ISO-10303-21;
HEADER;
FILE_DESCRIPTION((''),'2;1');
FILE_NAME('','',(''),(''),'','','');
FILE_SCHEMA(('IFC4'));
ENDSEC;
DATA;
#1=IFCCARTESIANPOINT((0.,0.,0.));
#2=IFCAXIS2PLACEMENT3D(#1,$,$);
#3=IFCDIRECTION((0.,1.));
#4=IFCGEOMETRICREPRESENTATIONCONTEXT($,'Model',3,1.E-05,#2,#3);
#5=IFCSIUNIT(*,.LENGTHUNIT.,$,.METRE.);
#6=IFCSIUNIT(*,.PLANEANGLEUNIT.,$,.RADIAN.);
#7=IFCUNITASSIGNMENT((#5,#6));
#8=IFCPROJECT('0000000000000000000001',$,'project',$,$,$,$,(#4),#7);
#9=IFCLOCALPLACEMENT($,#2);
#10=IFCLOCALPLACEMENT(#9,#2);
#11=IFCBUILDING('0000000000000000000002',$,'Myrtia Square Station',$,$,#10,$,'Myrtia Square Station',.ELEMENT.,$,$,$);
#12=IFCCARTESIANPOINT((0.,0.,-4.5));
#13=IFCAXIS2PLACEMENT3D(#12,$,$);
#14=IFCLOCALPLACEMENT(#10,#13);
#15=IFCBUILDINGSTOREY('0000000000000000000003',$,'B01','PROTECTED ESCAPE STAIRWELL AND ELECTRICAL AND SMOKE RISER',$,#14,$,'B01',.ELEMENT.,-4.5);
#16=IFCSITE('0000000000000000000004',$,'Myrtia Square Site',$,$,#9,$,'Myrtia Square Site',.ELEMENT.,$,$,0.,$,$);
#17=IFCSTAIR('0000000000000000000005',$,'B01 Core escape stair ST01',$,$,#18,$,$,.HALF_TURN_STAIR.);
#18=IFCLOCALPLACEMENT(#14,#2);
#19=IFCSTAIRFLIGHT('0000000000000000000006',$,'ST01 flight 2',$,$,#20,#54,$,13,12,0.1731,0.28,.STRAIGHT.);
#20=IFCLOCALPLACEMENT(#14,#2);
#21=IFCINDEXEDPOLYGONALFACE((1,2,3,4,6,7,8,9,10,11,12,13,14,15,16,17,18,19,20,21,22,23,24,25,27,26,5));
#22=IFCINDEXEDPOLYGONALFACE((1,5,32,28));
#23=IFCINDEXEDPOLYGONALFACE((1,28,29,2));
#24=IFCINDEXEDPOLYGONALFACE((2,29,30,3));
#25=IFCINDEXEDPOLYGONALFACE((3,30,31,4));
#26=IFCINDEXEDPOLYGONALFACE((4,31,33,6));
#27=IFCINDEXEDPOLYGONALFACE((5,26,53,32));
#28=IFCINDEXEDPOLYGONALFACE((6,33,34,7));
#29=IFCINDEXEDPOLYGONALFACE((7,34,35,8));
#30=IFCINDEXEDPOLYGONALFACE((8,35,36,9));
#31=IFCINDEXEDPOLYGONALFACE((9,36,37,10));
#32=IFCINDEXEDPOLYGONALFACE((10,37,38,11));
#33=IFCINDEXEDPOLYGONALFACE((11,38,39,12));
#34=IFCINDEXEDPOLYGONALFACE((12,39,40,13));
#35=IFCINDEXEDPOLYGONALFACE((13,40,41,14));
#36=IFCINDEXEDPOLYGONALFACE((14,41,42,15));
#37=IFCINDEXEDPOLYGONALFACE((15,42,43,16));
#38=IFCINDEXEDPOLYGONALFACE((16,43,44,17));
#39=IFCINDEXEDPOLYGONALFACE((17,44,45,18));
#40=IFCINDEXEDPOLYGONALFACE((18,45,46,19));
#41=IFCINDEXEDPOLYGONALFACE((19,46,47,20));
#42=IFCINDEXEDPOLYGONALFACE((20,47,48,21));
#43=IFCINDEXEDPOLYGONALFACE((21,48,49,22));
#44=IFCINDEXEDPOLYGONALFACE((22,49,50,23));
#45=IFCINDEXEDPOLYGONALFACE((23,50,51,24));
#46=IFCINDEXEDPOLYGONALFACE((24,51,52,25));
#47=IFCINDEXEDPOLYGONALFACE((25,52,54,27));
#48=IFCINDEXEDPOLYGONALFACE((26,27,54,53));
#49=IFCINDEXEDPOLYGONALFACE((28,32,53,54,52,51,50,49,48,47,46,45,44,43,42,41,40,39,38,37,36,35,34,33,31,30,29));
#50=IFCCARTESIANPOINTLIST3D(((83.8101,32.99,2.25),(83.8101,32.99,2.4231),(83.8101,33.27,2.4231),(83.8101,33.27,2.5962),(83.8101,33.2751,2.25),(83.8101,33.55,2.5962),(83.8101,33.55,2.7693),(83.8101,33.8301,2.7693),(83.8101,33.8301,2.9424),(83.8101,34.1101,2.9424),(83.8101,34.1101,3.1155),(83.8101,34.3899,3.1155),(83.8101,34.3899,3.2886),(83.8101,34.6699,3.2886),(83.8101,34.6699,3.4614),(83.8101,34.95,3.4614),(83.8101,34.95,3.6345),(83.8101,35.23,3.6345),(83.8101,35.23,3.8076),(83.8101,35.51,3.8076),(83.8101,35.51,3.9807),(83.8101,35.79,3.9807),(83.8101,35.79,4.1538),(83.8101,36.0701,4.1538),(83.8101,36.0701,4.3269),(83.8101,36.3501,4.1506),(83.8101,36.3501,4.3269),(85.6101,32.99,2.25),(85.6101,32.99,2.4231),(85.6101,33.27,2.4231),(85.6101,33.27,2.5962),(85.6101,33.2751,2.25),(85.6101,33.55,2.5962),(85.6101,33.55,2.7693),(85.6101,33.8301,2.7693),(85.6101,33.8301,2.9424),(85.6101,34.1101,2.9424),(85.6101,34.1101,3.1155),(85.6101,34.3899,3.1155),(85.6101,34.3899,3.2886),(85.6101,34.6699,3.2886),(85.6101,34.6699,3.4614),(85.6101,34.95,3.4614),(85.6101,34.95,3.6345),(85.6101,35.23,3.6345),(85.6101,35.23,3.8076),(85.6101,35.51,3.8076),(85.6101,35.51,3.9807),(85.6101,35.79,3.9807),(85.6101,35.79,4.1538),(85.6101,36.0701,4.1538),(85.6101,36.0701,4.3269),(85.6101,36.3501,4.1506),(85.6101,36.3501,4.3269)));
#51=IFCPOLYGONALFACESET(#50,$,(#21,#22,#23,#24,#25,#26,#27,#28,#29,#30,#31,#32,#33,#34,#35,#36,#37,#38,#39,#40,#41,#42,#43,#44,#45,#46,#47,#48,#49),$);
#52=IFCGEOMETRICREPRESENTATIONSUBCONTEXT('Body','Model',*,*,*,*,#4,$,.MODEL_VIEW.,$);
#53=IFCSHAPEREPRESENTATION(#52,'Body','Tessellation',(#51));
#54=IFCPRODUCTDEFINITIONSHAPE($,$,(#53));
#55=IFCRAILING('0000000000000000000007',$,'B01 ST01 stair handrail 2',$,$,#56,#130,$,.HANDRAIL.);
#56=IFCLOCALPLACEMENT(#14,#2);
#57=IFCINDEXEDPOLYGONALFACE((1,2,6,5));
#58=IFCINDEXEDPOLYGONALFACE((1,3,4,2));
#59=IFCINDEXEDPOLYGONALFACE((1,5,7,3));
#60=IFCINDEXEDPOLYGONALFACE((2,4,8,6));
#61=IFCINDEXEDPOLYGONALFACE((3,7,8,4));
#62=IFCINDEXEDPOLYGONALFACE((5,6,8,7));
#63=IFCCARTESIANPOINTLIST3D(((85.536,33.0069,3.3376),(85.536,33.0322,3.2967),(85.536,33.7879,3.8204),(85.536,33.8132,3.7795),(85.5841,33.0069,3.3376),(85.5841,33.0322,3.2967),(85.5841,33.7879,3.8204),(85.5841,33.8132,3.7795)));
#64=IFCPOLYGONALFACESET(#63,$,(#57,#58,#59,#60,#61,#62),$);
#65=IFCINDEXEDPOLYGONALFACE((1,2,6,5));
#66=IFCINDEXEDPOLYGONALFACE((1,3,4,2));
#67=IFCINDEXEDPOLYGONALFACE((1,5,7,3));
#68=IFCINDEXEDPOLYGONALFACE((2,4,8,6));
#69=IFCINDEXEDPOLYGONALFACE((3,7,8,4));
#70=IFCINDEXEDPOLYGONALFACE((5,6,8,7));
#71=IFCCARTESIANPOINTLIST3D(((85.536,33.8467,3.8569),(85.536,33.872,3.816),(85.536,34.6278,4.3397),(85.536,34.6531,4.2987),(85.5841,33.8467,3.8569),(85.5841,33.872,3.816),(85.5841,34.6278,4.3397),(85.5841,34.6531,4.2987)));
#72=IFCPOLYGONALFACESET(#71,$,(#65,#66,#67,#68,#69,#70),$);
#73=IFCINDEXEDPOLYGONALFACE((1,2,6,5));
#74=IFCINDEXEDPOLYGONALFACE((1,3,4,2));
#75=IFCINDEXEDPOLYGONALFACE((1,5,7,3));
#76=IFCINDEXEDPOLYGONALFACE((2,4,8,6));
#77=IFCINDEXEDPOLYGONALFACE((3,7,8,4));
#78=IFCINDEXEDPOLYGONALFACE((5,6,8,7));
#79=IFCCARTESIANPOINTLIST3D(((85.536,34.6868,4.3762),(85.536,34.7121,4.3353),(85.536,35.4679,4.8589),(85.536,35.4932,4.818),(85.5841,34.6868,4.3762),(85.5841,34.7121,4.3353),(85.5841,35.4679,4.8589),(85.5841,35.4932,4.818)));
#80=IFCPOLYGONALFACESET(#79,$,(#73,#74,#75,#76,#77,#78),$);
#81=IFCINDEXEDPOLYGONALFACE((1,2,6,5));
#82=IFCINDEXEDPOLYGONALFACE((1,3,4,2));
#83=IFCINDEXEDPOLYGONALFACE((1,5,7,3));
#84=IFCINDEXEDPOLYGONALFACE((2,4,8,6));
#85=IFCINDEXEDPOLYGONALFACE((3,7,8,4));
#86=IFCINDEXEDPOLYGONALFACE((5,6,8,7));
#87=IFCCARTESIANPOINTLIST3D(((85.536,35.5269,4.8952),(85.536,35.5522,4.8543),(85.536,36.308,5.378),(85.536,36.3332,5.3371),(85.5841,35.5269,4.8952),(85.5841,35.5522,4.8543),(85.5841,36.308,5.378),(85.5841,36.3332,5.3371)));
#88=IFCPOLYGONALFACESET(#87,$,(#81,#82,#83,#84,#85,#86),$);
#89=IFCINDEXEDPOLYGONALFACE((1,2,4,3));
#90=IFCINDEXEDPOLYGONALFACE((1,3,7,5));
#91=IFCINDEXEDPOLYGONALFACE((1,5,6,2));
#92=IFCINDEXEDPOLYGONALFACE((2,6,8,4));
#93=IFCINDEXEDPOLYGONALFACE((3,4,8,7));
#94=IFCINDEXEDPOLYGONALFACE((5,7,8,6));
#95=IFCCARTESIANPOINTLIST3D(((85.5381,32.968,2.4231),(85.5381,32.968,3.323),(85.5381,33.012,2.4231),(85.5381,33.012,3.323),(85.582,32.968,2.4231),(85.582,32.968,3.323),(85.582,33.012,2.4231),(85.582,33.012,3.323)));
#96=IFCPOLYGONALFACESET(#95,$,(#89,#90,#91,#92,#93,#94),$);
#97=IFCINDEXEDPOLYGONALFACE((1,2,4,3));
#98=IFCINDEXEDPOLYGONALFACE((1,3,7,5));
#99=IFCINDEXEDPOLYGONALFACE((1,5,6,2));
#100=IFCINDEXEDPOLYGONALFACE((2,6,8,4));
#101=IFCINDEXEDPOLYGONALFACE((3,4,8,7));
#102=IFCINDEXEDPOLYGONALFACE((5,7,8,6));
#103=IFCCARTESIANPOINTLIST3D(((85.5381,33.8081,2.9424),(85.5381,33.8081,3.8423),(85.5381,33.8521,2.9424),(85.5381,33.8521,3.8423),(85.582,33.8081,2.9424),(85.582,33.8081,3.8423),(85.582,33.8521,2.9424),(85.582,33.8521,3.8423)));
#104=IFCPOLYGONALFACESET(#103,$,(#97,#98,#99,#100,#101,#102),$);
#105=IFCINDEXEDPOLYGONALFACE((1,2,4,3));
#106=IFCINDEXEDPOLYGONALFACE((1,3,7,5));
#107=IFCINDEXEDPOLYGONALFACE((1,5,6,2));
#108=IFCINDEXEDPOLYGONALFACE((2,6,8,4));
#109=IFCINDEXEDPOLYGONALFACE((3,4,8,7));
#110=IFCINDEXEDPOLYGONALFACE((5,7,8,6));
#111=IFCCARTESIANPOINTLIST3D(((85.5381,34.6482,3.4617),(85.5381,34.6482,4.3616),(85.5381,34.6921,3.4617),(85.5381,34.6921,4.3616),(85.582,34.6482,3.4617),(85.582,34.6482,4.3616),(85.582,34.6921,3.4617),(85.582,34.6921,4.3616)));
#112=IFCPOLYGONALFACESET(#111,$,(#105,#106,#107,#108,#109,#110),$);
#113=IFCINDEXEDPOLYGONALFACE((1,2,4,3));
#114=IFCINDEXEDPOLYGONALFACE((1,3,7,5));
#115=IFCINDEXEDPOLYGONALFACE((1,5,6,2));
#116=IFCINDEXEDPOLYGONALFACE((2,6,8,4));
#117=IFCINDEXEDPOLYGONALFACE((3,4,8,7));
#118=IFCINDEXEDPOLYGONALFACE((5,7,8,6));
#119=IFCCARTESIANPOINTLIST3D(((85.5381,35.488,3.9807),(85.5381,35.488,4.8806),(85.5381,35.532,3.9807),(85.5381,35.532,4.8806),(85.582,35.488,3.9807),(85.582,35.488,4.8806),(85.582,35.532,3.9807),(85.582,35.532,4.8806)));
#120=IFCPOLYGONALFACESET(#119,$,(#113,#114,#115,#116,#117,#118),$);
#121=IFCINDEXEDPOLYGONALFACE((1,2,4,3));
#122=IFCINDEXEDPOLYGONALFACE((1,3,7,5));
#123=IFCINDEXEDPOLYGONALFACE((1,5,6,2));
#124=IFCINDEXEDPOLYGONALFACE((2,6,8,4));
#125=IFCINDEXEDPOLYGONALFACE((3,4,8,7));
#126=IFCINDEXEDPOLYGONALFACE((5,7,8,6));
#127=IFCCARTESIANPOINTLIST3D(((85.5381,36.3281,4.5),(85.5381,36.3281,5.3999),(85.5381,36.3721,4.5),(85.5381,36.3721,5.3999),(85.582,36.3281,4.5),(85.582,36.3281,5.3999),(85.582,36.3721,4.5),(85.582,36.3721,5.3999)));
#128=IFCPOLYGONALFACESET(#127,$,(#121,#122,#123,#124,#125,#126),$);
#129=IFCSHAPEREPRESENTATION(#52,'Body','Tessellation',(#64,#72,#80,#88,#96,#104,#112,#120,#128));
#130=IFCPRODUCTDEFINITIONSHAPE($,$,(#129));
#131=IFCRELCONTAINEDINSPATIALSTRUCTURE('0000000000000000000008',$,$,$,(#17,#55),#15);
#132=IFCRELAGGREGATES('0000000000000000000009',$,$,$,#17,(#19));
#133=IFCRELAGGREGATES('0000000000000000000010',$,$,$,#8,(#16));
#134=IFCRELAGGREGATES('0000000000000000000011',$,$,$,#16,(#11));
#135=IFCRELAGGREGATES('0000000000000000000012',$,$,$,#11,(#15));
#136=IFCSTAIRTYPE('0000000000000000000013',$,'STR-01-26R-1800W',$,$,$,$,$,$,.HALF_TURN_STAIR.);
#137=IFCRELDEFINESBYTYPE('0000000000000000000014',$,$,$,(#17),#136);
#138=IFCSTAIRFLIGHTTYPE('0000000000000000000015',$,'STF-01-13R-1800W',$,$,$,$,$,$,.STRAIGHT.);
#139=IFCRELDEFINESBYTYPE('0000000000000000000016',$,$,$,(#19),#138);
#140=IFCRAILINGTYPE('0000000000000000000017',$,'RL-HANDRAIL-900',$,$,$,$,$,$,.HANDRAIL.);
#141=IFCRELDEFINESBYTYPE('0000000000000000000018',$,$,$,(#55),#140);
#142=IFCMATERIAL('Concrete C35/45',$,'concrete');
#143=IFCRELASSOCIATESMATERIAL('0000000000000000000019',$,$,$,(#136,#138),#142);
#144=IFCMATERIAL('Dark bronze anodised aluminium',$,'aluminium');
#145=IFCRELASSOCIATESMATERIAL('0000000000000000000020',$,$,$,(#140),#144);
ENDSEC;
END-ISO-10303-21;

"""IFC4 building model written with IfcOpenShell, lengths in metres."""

from ifc_helpers import new_model, si_unit, direction, frame, origin, origin_2d, place, context, subcontext, project, spatial, polyline, rectangle, outline, extrude, material, type_object, element, aggregate, save


model = new_model("IFC4")

# Units and contexts
model_context = context("Model", 3, precision=1e-05, world=origin(), true_north=direction((0.0, 1.0)))
body_context = subcontext(model_context, "Body", "Model", "MODEL_VIEW")
ifc_project = project(units=[si_unit("LENGTHUNIT", "METRE"), si_unit("PLANEANGLEUNIT", "RADIAN")], contexts=[model_context])

# Site, building, storey
site_placement = place(None, origin())
site = spatial("IfcSite", under=ifc_project, at=site_placement, Name="Myrtia Square Site", LongName="Myrtia Square Site", CompositionType="ELEMENT", RefElevation=0.0)
building_placement = place(site_placement, origin())
building = spatial("IfcBuilding", under=site, at=building_placement, Name="Myrtia Square Station", LongName="Myrtia Square Station", CompositionType="ELEMENT")
storey_placement = place(building_placement, frame((0.0, 0.0, -4.5)))
storey = spatial("IfcBuildingStorey", under=building, at=storey_placement, Name="B01", Description="PROTECTED ESCAPE STAIRWELL AND ELECTRICAL AND SMOKE RISER", LongName="B01", CompositionType="ELEMENT", Elevation=-4.5)

# Shared definitions
ifc_material_1 = material(Name="Concrete C35/45", Category="concrete")

# Shared definitions
ifc_material_2 = material(Name="Dark bronze anodised aluminium", Category="aluminium")

# Stair, stair flight
stair_type = type_object("IfcStairType", Name="STR-01-26R-1800W", PredefinedType="HALF_TURN_STAIR", material=ifc_material_1)
stair_placement = place(storey_placement, origin())
stair = element("IfcStair", 1, at=stair_placement, inside=storey, type_object=stair_type, Name="B01 Core escape stair ST01", PredefinedType="HALF_TURN_STAIR")
stair_flight_type = type_object("IfcStairFlightType", Name="STF-01-13R-1800W", PredefinedType="STRAIGHT", material=ifc_material_1)
stair_flight_placement = place(storey_placement, frame((84.71, 32.99, 2.25), z_axis=(0.0, 0.0, 1.0), x_axis=(0.0, 1.0, 0.0)))
stair_flight = element("IfcStairFlight", 2, at=stair_flight_placement, type_object=stair_flight_type, Name="ST01 flight 2", NumberOfRisers=13, NumberOfTreads=12, PredefinedType="STRAIGHT", RiserHeight=0.1731, TreadLength=0.28, context=body_context, shape_type="SweptSolid", body=[
    extrude(outline(polyline([(0.0, 0.0), (0.0, 0.1731), (0.28, 0.1731), (0.28, 0.3462), (0.5601, 0.3462), (0.5601, 0.5193), (0.8401, 0.5193), (0.8401, 0.6924), (1.1201, 0.6924), (1.1201, 0.8655), (1.3999, 0.8655), (1.3999, 1.0386), (1.6799, 1.0386), (1.6799, 1.2114), (1.96, 1.2114), (1.96, 1.3845), (2.24, 1.3845), (2.24, 1.5576), (2.52, 1.5576), (2.52, 1.7307), (2.8, 1.7307), (2.8, 1.9038), (3.0801, 1.9038), (3.0801, 2.0769), (3.3601, 2.0769), (3.3601, 2.25), (3.3601, 1.9006), (0.2852, 0.0), (0.0, 0.0)])), frame((0.0, 0.8999, 0.0), z_axis=(0.0, -1.0, 0.0), x_axis=(1.0, 0.0, 0.0)), (0.0, 0.0, 1.0), 1.8),
])
aggregate(stair, [stair_flight])

# Railing
railing_type_1 = type_object("IfcRailingType", Name="RL-HANDRAIL-900", PredefinedType="HANDRAIL", material=ifc_material_2)
railing_1_placement = place(storey_placement, frame((85.5601, 32.99, 2.4231)))
element("IfcRailing", 3, at=railing_1_placement, inside=storey, type_object=railing_type_1, Name="B01 ST01 stair handrail 2", PredefinedType="HANDRAIL", context=body_context, shape_type="SweptSolid", body=[
    extrude(rectangle(XDim=0.0481, YDim=0.0481, at=origin_2d()), frame((0.0, 0.0295, 0.894), z_axis=(0.0, 0.850623, 0.525776), x_axis=(-1.0, 0.0, 0.0)), (0.0, 0.0, 1.0), 0.9182),
    extrude(rectangle(XDim=0.0481, YDim=0.0481, at=origin_2d()), frame((0.0, 0.8694, 1.4133), z_axis=(0.0, 0.850623, 0.525776), x_axis=(-1.0, 0.0, 0.0)), (0.0, 0.0, 1.0), 0.9182),
    extrude(rectangle(XDim=0.0481, YDim=0.0481, at=origin_2d()), frame((0.0, 1.7095, 1.9326), z_axis=(0.0, 0.850623, 0.525776), x_axis=(-1.0, 0.0, 0.0)), (0.0, 0.0, 1.0), 0.9182),
    extrude(rectangle(XDim=0.0481, YDim=0.0481, at=origin_2d()), frame((0.0, 2.5496, 2.4517), z_axis=(0.0, 0.850623, 0.525776), x_axis=(-1.0, 0.0, 0.0)), (0.0, 0.0, 1.0), 0.9182),
    extrude(rectangle(XDim=0.0439, YDim=0.0439, at=origin_2d()), origin(), (0.0, 0.0, 1.0), 0.8999),
    extrude(rectangle(XDim=0.0439, YDim=0.0439, at=origin_2d()), frame((0.0, 0.8401, 0.5193)), (0.0, 0.0, 1.0), 0.8999),
    extrude(rectangle(XDim=0.0439, YDim=0.0439, at=origin_2d()), frame((0.0, 1.6802, 1.0386)), (0.0, 0.0, 1.0), 0.8999),
    extrude(rectangle(XDim=0.0439, YDim=0.0439, at=origin_2d()), frame((0.0, 2.52, 1.5576)), (0.0, 0.0, 1.0), 0.8999),
    extrude(rectangle(XDim=0.0439, YDim=0.0439, at=origin_2d()), frame((0.0, 3.3601, 2.0769)), (0.0, 0.0, 1.0), 0.8999),
])

save(model, "model.ifc")
